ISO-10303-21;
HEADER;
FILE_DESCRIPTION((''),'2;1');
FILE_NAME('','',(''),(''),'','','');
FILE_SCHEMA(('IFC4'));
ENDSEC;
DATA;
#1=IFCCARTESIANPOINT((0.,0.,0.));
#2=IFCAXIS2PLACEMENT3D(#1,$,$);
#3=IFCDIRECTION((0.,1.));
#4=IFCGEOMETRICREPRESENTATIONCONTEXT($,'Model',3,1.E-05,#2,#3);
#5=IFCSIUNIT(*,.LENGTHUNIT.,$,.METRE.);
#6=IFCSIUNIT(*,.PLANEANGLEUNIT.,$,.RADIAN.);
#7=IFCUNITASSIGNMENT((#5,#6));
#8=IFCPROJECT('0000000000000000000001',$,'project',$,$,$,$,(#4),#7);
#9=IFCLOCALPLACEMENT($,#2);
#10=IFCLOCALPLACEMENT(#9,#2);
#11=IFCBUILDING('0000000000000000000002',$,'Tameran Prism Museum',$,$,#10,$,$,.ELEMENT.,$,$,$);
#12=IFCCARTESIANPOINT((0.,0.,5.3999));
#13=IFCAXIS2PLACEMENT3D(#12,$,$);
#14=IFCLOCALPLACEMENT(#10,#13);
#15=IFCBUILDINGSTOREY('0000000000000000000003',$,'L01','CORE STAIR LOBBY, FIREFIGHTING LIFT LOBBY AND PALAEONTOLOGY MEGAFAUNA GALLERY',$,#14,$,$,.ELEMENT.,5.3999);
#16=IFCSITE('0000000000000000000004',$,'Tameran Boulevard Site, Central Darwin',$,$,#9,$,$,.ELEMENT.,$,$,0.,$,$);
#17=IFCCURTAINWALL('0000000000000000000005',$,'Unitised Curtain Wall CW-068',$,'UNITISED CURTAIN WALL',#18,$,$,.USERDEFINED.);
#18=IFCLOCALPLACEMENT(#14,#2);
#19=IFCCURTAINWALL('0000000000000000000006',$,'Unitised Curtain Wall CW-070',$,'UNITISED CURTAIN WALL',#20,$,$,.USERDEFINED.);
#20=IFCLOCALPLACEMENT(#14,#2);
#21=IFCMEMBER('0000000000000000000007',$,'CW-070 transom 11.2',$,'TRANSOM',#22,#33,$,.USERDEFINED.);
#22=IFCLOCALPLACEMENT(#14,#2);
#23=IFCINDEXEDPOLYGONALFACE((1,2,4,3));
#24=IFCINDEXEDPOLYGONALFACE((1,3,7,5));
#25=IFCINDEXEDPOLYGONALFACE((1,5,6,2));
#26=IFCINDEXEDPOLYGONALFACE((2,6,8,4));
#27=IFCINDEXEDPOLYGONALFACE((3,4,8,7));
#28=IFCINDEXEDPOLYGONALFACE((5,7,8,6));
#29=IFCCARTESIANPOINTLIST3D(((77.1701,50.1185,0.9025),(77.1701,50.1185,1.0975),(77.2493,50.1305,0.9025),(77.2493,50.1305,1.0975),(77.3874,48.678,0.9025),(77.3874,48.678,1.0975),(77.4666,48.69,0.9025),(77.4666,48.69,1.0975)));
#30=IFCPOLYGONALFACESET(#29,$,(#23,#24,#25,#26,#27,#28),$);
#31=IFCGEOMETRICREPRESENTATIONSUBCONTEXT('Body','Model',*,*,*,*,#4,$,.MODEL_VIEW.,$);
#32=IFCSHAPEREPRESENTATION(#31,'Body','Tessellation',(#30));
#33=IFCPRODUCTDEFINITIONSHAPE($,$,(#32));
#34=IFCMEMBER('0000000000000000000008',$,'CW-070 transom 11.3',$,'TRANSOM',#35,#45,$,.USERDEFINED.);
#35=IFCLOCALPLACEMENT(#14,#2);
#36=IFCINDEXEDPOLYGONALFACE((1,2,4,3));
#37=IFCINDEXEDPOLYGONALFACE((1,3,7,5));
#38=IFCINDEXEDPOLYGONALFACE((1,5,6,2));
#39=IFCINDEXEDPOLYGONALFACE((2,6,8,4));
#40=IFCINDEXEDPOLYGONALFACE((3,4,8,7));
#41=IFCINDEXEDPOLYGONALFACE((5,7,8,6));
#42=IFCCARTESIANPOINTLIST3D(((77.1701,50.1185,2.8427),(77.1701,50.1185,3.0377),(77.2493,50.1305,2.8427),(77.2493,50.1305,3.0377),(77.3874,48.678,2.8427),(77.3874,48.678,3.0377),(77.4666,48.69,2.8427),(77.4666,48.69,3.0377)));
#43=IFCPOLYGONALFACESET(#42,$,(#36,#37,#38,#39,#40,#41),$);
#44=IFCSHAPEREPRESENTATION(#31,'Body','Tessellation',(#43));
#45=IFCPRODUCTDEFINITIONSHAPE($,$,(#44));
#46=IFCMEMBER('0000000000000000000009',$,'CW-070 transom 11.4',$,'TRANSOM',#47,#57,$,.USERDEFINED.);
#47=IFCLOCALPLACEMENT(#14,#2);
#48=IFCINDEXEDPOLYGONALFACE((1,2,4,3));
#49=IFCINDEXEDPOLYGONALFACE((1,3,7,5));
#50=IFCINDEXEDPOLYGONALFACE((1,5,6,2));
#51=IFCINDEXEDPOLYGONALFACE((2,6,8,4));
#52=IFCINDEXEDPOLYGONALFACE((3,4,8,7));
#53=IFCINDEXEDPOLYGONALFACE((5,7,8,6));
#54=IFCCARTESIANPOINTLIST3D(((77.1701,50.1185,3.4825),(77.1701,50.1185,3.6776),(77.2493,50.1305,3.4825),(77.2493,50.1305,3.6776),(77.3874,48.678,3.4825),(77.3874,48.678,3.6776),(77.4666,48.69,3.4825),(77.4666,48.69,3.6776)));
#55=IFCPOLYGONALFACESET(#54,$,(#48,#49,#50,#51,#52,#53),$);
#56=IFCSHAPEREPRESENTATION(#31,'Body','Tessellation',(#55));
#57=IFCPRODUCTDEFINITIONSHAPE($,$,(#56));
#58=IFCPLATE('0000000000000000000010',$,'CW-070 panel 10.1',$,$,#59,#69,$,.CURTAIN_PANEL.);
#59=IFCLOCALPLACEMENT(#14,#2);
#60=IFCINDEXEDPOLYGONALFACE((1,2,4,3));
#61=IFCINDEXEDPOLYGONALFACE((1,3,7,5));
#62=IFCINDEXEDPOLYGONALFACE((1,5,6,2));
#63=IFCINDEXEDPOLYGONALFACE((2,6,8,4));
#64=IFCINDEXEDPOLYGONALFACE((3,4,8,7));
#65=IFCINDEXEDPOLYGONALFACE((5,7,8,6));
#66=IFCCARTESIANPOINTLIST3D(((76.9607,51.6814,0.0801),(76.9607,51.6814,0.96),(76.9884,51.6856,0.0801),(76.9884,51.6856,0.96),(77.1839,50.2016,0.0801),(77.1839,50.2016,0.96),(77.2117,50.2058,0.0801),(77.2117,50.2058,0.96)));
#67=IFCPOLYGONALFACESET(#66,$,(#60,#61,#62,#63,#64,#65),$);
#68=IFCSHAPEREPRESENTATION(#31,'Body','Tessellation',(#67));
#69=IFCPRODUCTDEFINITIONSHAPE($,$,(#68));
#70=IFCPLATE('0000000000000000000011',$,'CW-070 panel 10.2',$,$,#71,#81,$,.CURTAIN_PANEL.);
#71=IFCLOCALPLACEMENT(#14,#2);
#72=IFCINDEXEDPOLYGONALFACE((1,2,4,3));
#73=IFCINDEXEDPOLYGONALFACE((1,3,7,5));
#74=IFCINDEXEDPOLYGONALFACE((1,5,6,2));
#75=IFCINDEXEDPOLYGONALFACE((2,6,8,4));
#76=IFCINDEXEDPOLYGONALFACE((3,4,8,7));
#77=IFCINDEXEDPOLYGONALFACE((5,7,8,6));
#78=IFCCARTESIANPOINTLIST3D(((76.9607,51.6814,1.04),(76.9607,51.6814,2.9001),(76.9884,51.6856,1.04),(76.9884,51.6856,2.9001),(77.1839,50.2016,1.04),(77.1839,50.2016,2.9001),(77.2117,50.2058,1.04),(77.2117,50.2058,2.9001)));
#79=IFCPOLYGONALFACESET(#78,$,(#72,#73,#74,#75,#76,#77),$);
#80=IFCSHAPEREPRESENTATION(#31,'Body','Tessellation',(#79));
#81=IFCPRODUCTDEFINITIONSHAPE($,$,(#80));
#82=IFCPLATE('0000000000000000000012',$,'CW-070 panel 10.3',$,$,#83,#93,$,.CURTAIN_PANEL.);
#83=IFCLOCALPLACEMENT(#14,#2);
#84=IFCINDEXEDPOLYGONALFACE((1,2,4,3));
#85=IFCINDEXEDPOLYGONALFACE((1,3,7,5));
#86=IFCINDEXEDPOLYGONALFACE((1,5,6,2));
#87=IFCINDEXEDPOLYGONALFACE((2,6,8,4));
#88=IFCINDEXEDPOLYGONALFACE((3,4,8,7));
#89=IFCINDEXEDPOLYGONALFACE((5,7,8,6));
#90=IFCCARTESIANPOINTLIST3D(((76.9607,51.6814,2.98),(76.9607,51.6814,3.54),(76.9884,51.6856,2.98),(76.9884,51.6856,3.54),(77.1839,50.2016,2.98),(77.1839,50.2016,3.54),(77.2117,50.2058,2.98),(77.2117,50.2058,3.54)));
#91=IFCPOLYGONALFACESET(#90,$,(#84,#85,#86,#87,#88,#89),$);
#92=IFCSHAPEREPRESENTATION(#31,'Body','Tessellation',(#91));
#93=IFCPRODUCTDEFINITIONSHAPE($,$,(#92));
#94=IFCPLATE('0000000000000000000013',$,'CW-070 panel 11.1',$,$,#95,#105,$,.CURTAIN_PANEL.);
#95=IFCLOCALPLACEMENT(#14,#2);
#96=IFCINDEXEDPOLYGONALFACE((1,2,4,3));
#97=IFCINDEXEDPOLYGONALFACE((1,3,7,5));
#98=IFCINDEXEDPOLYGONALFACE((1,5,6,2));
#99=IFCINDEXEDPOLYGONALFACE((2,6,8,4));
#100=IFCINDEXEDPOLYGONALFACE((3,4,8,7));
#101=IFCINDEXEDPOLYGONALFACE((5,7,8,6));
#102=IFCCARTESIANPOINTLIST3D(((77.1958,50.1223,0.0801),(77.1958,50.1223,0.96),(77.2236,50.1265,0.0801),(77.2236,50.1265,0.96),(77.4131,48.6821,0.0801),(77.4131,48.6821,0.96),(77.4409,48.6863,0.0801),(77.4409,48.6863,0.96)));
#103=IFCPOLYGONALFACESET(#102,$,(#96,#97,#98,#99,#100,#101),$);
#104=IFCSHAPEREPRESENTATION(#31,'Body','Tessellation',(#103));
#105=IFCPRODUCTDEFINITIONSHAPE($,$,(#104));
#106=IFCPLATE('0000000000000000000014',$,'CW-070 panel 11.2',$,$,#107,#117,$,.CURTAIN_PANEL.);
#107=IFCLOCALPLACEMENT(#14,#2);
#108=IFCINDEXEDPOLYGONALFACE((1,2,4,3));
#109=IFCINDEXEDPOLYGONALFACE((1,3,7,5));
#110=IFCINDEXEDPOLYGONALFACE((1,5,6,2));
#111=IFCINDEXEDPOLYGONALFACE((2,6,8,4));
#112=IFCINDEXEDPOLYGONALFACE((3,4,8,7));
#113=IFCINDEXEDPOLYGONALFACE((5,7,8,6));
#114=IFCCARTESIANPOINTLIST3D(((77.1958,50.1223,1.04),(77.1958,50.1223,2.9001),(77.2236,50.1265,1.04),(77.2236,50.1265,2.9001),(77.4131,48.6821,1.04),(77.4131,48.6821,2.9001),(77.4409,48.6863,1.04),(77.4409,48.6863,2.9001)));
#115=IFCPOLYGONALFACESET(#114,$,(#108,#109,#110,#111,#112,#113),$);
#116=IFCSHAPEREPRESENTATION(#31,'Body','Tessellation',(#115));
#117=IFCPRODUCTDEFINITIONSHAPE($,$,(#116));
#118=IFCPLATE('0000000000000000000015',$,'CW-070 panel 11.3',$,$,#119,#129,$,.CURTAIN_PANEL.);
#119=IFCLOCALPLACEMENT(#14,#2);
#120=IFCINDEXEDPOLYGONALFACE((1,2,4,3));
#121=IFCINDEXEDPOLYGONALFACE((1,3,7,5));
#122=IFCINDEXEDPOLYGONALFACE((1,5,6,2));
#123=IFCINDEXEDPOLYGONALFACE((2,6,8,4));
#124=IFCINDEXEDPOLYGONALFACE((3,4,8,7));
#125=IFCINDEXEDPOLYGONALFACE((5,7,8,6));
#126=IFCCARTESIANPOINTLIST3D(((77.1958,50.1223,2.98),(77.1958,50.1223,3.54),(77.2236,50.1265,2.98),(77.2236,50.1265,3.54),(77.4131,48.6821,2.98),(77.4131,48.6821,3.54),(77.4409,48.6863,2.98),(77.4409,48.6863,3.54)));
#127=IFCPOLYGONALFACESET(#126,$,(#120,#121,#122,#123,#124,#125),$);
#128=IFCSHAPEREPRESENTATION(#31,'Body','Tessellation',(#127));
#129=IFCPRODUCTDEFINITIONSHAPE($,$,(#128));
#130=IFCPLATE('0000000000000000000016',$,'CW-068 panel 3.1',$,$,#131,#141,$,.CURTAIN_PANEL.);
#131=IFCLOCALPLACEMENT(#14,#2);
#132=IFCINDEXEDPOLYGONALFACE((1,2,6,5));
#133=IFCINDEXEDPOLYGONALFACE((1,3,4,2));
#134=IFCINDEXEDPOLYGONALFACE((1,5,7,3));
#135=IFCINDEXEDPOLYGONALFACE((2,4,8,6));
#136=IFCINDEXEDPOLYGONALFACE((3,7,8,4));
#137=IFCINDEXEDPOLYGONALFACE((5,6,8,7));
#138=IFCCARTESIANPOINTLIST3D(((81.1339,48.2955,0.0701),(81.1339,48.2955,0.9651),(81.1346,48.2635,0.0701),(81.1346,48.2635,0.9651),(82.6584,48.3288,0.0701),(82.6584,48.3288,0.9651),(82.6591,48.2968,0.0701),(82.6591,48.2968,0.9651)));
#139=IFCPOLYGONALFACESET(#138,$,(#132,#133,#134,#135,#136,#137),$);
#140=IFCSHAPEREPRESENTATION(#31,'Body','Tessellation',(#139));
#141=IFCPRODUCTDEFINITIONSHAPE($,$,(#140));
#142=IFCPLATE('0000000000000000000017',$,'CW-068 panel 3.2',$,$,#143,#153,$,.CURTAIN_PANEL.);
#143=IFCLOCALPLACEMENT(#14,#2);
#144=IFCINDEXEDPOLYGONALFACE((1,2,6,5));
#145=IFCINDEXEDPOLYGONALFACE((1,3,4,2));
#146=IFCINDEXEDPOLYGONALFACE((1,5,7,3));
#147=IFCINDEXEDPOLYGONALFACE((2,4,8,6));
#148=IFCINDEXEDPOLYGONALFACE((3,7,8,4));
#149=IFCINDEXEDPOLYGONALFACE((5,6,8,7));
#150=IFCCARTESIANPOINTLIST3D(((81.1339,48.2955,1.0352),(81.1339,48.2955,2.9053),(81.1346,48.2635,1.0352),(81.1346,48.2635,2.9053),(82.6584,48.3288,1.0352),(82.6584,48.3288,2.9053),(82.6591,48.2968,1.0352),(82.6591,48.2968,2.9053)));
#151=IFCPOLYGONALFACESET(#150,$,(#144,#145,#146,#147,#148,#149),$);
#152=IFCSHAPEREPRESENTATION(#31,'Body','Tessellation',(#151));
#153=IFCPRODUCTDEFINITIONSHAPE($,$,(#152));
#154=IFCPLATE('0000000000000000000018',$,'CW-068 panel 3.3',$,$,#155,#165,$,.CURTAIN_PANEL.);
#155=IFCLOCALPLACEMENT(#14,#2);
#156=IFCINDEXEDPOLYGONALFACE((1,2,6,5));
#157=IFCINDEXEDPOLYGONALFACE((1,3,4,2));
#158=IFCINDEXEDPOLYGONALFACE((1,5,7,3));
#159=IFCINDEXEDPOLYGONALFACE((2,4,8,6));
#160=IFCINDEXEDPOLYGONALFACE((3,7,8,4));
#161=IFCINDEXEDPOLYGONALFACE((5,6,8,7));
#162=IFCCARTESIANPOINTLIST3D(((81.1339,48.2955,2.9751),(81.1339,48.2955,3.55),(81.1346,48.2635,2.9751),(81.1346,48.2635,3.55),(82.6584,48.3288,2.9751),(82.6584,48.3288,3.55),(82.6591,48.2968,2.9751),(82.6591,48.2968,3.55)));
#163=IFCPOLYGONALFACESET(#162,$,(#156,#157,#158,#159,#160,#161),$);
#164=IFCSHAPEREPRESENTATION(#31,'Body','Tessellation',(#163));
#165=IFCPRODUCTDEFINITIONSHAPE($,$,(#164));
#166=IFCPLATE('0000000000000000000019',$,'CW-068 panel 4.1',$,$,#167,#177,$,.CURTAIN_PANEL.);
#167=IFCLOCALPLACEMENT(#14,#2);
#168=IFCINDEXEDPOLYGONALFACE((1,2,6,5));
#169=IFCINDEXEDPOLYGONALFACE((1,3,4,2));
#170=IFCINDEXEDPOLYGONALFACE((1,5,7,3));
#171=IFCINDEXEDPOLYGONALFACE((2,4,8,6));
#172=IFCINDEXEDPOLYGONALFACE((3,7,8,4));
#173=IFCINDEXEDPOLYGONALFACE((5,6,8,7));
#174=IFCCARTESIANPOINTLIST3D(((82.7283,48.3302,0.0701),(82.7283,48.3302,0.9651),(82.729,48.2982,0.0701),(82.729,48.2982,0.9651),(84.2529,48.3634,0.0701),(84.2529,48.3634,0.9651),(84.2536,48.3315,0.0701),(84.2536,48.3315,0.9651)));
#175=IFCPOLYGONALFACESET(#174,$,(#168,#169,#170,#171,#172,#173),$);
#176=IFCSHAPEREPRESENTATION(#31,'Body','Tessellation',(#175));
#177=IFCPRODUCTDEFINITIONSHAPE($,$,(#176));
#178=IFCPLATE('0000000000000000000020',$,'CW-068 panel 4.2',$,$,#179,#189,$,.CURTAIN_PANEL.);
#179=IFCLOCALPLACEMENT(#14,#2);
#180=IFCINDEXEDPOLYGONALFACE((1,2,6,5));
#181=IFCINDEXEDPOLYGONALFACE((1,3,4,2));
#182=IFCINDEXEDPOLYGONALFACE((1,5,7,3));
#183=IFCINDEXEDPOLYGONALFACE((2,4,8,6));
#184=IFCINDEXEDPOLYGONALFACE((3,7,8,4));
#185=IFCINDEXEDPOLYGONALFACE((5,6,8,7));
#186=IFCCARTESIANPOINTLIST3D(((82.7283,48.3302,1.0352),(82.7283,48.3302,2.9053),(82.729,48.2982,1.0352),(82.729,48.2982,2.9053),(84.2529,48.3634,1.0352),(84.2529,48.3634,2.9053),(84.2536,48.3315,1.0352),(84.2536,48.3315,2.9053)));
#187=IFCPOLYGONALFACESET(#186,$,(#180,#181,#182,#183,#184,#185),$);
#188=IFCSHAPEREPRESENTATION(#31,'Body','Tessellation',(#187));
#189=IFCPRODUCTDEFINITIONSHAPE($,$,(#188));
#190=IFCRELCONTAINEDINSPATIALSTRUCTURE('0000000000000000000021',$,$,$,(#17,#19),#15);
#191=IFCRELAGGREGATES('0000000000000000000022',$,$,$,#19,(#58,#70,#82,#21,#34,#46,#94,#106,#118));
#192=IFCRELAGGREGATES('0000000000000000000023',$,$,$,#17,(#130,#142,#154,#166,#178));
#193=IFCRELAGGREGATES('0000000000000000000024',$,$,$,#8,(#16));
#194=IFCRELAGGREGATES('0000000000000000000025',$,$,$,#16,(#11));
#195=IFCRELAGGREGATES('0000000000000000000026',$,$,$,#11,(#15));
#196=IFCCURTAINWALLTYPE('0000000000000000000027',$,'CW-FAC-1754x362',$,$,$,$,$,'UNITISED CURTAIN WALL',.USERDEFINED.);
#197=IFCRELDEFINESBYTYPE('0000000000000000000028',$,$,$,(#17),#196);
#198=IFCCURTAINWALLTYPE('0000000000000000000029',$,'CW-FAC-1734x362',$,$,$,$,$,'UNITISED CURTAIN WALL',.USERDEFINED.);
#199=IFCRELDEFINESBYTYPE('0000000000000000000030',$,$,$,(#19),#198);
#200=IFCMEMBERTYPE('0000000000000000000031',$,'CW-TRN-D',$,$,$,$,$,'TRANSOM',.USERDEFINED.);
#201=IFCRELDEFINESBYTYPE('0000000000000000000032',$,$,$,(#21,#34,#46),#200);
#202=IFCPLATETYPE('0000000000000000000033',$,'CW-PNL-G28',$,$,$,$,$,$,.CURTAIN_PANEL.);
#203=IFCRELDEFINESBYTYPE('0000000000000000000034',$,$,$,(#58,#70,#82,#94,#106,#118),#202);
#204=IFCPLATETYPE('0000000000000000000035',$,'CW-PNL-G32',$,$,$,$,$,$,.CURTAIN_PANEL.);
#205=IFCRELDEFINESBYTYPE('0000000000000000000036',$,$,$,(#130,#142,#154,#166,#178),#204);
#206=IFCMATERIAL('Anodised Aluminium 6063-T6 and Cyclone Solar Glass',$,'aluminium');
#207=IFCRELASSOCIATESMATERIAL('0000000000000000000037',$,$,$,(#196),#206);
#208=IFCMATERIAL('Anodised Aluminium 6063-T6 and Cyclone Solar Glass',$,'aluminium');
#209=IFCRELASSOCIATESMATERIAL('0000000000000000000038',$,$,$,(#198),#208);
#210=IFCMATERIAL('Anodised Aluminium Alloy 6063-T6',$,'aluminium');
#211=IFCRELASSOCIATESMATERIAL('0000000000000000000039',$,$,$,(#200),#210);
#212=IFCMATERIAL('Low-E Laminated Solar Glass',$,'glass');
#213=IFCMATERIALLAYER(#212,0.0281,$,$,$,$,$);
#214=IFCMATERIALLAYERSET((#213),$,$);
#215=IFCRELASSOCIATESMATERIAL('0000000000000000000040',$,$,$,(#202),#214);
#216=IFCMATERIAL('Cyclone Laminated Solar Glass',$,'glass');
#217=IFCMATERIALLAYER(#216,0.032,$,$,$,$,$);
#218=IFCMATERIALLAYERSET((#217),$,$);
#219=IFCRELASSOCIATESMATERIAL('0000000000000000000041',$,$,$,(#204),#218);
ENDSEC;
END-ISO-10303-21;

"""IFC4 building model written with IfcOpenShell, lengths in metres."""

from ifc_helpers import new_model, si_unit, direction, frame, origin, origin_2d, place, context, subcontext, project, spatial, rectangle, extrude, material, layer, layer_set, material_profile, profile_set, type_object, element, aggregate, save


model = new_model("IFC4")

# Units and contexts
model_context = context("Model", 3, precision=1e-05, world=origin(), true_north=direction((0.0, 1.0)))
body_context = subcontext(model_context, "Body", "Model", "MODEL_VIEW")
ifc_project = project(units=[si_unit("LENGTHUNIT", "METRE"), si_unit("PLANEANGLEUNIT", "RADIAN")], contexts=[model_context])

# Site, building, storey
site_placement = place(None, origin())
site = spatial("IfcSite", under=ifc_project, at=site_placement, Name="Tameran Boulevard Site, Central Darwin", CompositionType="ELEMENT", RefElevation=0.0)
building_placement = place(site_placement, origin())
building = spatial("IfcBuilding", under=site, at=building_placement, Name="Tameran Prism Museum", CompositionType="ELEMENT")
storey_placement = place(building_placement, frame((0.0, 0.0, 5.3999)))
storey = spatial("IfcBuildingStorey", under=building, at=storey_placement, Name="L01", Description="CORE STAIR LOBBY, FIREFIGHTING LIFT LOBBY AND PALAEONTOLOGY MEGAFAUNA GALLERY", CompositionType="ELEMENT", Elevation=5.3999)

# Curtain walls
ifc_material_1 = material(Name="Anodised Aluminium 6063-T6 and Cyclone Solar Glass", Category="aluminium")
curtain_wall_type_1 = type_object("IfcCurtainWallType", Name="CW-FAC-1754x362", ElementType="UNITISED CURTAIN WALL", PredefinedType="USERDEFINED", material=ifc_material_1)
curtain_wall_1_placement = place(storey_placement, origin())
curtain_wall_1 = element("IfcCurtainWall", 1, at=curtain_wall_1_placement, inside=storey, type_object=curtain_wall_type_1, Name="Unitised Curtain Wall CW-068", ObjectType="UNITISED CURTAIN WALL", PredefinedType="USERDEFINED")
ifc_material_2 = material(Name="Anodised Aluminium 6063-T6 and Cyclone Solar Glass", Category="aluminium")
curtain_wall_type_2 = type_object("IfcCurtainWallType", Name="CW-FAC-1734x362", ElementType="UNITISED CURTAIN WALL", PredefinedType="USERDEFINED", material=ifc_material_2)
curtain_wall_2_placement = place(storey_placement, origin())
curtain_wall_2 = element("IfcCurtainWall", 2, at=curtain_wall_2_placement, inside=storey, type_object=curtain_wall_type_2, Name="Unitised Curtain Wall CW-070", ObjectType="UNITISED CURTAIN WALL", PredefinedType="USERDEFINED")

# Members
ifc_material_3 = material(Name="Anodised Aluminium Alloy 6063-T6", Category="aluminium")
ifc_material_profile_1 = material_profile(ifc_material_3, rectangle(XDim=0.0801, YDim=0.1951, at=origin_2d()))
ifc_profile_set_1 = profile_set([ifc_material_profile_1])
member_type_1 = type_object("IfcMemberType", Name="CW-TRN-D", ElementType="TRANSOM", PredefinedType="USERDEFINED", material=ifc_profile_set_1)
member_1_placement = place(storey_placement, frame((77.2097, 50.1245, 1.0), z_axis=(0.14916, -0.988813, 0.0), x_axis=(0.988813, 0.14916, 0.0)))
member_1 = element("IfcMember", 3, at=member_1_placement, type_object=member_type_1, Name="CW-070 transom 11.2", ObjectType="TRANSOM", PredefinedType="USERDEFINED", context=body_context, shape_type="SweptSolid", body=[
    extrude(rectangle(XDim=0.0801, YDim=0.1951, at=origin_2d()), origin(), (0.0, 0.0, 1.0), 1.4568),
])
member_2_placement = place(storey_placement, frame((77.2097, 50.1245, 2.9402), z_axis=(0.14916, -0.988813, 0.0), x_axis=(0.988813, 0.14916, 0.0)))
member_2 = element("IfcMember", 4, at=member_2_placement, type_object=member_type_1, Name="CW-070 transom 11.3", ObjectType="TRANSOM", PredefinedType="USERDEFINED", context=body_context, shape_type="SweptSolid", body=[
    extrude(rectangle(XDim=0.0801, YDim=0.1951, at=origin_2d()), origin(), (0.0, 0.0, 1.0), 1.4568),
])
member_3_placement = place(storey_placement, frame((77.2097, 50.1245, 3.5801), z_axis=(0.14916, -0.988813, 0.0), x_axis=(0.988813, 0.14916, 0.0)))
member_3 = element("IfcMember", 5, at=member_3_placement, type_object=member_type_1, Name="CW-070 transom 11.4", ObjectType="TRANSOM", PredefinedType="USERDEFINED", context=body_context, shape_type="SweptSolid", body=[
    extrude(rectangle(XDim=0.0801, YDim=0.1951, at=origin_2d()), origin(), (0.0, 0.0, 1.0), 1.4568),
])

# Plates
ifc_material_4 = material(Name="Low-E Laminated Solar Glass", Category="glass")
ifc_layer_1 = layer(ifc_material_4, 0.0281)
ifc_layer_set_1 = layer_set([ifc_layer_1])
plate_type_1 = type_object("IfcPlateType", Name="CW-PNL-G28", PredefinedType="CURTAIN_PANEL", material=ifc_layer_set_1)
plate_1_placement = place(storey_placement, frame((77.0862, 50.9436, 0.0801), z_axis=(0.0, 0.0, 1.0), x_axis=(0.149167, -0.988812, 0.0)))
plate_1 = element("IfcPlate", 6, at=plate_1_placement, type_object=plate_type_1, Name="CW-070 panel 10.1", PredefinedType="CURTAIN_PANEL", context=body_context, shape_type="SweptSolid", body=[
    extrude(rectangle(XDim=1.4966, YDim=0.0281, at=origin_2d()), origin(), (0.0, 0.0, 1.0), 0.8799),
])
plate_2_placement = place(storey_placement, frame((77.0862, 50.9436, 1.04), z_axis=(0.0, 0.0, 1.0), x_axis=(0.149167, -0.988812, 0.0)))
plate_2 = element("IfcPlate", 7, at=plate_2_placement, type_object=plate_type_1, Name="CW-070 panel 10.2", PredefinedType="CURTAIN_PANEL", context=body_context, shape_type="SweptSolid", body=[
    extrude(rectangle(XDim=1.4966, YDim=0.0281, at=origin_2d()), origin(), (0.0, 0.0, 1.0), 1.8601),
])
plate_3_placement = place(storey_placement, frame((77.0862, 50.9436, 2.98), z_axis=(0.0, 0.0, 1.0), x_axis=(0.149167, -0.988812, 0.0)))
plate_3 = element("IfcPlate", 8, at=plate_3_placement, type_object=plate_type_1, Name="CW-070 panel 10.3", PredefinedType="CURTAIN_PANEL", context=body_context, shape_type="SweptSolid", body=[
    extrude(rectangle(XDim=1.4966, YDim=0.0281, at=origin_2d()), origin(), (0.0, 0.0, 1.0), 0.5601),
])
plate_4_placement = place(storey_placement, frame((77.3184, 49.4043, 0.0801), z_axis=(0.0, 0.0, 1.0), x_axis=(0.149167, -0.988812, 0.0)))
plate_4 = element("IfcPlate", 9, at=plate_4_placement, type_object=plate_type_1, Name="CW-070 panel 11.1", PredefinedType="CURTAIN_PANEL", context=body_context, shape_type="SweptSolid", body=[
    extrude(rectangle(XDim=1.4565, YDim=0.0281, at=origin_2d()), origin(), (0.0, 0.0, 1.0), 0.8799),
])
plate_5_placement = place(storey_placement, frame((77.3184, 49.4043, 1.04), z_axis=(0.0, 0.0, 1.0), x_axis=(0.149167, -0.988812, 0.0)))
plate_5 = element("IfcPlate", 10, at=plate_5_placement, type_object=plate_type_1, Name="CW-070 panel 11.2", PredefinedType="CURTAIN_PANEL", context=body_context, shape_type="SweptSolid", body=[
    extrude(rectangle(XDim=1.4565, YDim=0.0281, at=origin_2d()), origin(), (0.0, 0.0, 1.0), 1.8601),
])
plate_6_placement = place(storey_placement, frame((77.3184, 49.4043, 2.98), z_axis=(0.0, 0.0, 1.0), x_axis=(0.149167, -0.988812, 0.0)))
plate_6 = element("IfcPlate", 11, at=plate_6_placement, type_object=plate_type_1, Name="CW-070 panel 11.3", PredefinedType="CURTAIN_PANEL", context=body_context, shape_type="SweptSolid", body=[
    extrude(rectangle(XDim=1.4565, YDim=0.0281, at=origin_2d()), origin(), (0.0, 0.0, 1.0), 0.5601),
])
aggregate(curtain_wall_2, [plate_1, plate_2, plate_3, member_1, member_2, member_3, plate_4, plate_5, plate_6])
ifc_material_5 = material(Name="Cyclone Laminated Solar Glass", Category="glass")
ifc_layer_2 = layer(ifc_material_5, 0.032)
ifc_layer_set_2 = layer_set([ifc_layer_2])
plate_type_2 = type_object("IfcPlateType", Name="CW-PNL-G32", PredefinedType="CURTAIN_PANEL", material=ifc_layer_set_2)
plate_7_placement = place(storey_placement, frame((81.8965, 48.2961, 0.0701), z_axis=(0.0, 0.0, 1.0), x_axis=(0.999762, 0.021831, 0.0)))
plate_7 = element("IfcPlate", 12, at=plate_7_placement, type_object=plate_type_2, Name="CW-068 panel 3.1", PredefinedType="CURTAIN_PANEL", context=body_context, shape_type="SweptSolid", body=[
    extrude(rectangle(XDim=1.5249, YDim=0.032, at=origin_2d()), origin(), (0.0, 0.0, 1.0), 0.895),
])
plate_8_placement = place(storey_placement, frame((81.8965, 48.2961, 1.0352), z_axis=(0.0, 0.0, 1.0), x_axis=(0.999762, 0.021831, 0.0)))
plate_8 = element("IfcPlate", 13, at=plate_8_placement, type_object=plate_type_2, Name="CW-068 panel 3.2", PredefinedType="CURTAIN_PANEL", context=body_context, shape_type="SweptSolid", body=[
    extrude(rectangle(XDim=1.5249, YDim=0.032, at=origin_2d()), origin(), (0.0, 0.0, 1.0), 1.8701),
])
plate_9_placement = place(storey_placement, frame((81.8965, 48.2961, 2.9751), z_axis=(0.0, 0.0, 1.0), x_axis=(0.999762, 0.021831, 0.0)))
plate_9 = element("IfcPlate", 14, at=plate_9_placement, type_object=plate_type_2, Name="CW-068 panel 3.3", PredefinedType="CURTAIN_PANEL", context=body_context, shape_type="SweptSolid", body=[
    extrude(rectangle(XDim=1.5249, YDim=0.032, at=origin_2d()), origin(), (0.0, 0.0, 1.0), 0.575),
])
plate_10_placement = place(storey_placement, frame((83.491, 48.3308, 0.0701), z_axis=(0.0, 0.0, 1.0), x_axis=(0.999762, 0.021831, 0.0)))
plate_10 = element("IfcPlate", 15, at=plate_10_placement, type_object=plate_type_2, Name="CW-068 panel 4.1", PredefinedType="CURTAIN_PANEL", context=body_context, shape_type="SweptSolid", body=[
    extrude(rectangle(XDim=1.5249, YDim=0.032, at=origin_2d()), origin(), (0.0, 0.0, 1.0), 0.895),
])
plate_11_placement = place(storey_placement, frame((83.491, 48.3308, 1.0352), z_axis=(0.0, 0.0, 1.0), x_axis=(0.999762, 0.021831, 0.0)))
plate_11 = element("IfcPlate", 16, at=plate_11_placement, type_object=plate_type_2, Name="CW-068 panel 4.2", PredefinedType="CURTAIN_PANEL", context=body_context, shape_type="SweptSolid", body=[
    extrude(rectangle(XDim=1.5249, YDim=0.032, at=origin_2d()), origin(), (0.0, 0.0, 1.0), 1.8701),
])
aggregate(curtain_wall_1, [plate_7, plate_8, plate_9, plate_10, plate_11])

save(model, "model.ifc")
